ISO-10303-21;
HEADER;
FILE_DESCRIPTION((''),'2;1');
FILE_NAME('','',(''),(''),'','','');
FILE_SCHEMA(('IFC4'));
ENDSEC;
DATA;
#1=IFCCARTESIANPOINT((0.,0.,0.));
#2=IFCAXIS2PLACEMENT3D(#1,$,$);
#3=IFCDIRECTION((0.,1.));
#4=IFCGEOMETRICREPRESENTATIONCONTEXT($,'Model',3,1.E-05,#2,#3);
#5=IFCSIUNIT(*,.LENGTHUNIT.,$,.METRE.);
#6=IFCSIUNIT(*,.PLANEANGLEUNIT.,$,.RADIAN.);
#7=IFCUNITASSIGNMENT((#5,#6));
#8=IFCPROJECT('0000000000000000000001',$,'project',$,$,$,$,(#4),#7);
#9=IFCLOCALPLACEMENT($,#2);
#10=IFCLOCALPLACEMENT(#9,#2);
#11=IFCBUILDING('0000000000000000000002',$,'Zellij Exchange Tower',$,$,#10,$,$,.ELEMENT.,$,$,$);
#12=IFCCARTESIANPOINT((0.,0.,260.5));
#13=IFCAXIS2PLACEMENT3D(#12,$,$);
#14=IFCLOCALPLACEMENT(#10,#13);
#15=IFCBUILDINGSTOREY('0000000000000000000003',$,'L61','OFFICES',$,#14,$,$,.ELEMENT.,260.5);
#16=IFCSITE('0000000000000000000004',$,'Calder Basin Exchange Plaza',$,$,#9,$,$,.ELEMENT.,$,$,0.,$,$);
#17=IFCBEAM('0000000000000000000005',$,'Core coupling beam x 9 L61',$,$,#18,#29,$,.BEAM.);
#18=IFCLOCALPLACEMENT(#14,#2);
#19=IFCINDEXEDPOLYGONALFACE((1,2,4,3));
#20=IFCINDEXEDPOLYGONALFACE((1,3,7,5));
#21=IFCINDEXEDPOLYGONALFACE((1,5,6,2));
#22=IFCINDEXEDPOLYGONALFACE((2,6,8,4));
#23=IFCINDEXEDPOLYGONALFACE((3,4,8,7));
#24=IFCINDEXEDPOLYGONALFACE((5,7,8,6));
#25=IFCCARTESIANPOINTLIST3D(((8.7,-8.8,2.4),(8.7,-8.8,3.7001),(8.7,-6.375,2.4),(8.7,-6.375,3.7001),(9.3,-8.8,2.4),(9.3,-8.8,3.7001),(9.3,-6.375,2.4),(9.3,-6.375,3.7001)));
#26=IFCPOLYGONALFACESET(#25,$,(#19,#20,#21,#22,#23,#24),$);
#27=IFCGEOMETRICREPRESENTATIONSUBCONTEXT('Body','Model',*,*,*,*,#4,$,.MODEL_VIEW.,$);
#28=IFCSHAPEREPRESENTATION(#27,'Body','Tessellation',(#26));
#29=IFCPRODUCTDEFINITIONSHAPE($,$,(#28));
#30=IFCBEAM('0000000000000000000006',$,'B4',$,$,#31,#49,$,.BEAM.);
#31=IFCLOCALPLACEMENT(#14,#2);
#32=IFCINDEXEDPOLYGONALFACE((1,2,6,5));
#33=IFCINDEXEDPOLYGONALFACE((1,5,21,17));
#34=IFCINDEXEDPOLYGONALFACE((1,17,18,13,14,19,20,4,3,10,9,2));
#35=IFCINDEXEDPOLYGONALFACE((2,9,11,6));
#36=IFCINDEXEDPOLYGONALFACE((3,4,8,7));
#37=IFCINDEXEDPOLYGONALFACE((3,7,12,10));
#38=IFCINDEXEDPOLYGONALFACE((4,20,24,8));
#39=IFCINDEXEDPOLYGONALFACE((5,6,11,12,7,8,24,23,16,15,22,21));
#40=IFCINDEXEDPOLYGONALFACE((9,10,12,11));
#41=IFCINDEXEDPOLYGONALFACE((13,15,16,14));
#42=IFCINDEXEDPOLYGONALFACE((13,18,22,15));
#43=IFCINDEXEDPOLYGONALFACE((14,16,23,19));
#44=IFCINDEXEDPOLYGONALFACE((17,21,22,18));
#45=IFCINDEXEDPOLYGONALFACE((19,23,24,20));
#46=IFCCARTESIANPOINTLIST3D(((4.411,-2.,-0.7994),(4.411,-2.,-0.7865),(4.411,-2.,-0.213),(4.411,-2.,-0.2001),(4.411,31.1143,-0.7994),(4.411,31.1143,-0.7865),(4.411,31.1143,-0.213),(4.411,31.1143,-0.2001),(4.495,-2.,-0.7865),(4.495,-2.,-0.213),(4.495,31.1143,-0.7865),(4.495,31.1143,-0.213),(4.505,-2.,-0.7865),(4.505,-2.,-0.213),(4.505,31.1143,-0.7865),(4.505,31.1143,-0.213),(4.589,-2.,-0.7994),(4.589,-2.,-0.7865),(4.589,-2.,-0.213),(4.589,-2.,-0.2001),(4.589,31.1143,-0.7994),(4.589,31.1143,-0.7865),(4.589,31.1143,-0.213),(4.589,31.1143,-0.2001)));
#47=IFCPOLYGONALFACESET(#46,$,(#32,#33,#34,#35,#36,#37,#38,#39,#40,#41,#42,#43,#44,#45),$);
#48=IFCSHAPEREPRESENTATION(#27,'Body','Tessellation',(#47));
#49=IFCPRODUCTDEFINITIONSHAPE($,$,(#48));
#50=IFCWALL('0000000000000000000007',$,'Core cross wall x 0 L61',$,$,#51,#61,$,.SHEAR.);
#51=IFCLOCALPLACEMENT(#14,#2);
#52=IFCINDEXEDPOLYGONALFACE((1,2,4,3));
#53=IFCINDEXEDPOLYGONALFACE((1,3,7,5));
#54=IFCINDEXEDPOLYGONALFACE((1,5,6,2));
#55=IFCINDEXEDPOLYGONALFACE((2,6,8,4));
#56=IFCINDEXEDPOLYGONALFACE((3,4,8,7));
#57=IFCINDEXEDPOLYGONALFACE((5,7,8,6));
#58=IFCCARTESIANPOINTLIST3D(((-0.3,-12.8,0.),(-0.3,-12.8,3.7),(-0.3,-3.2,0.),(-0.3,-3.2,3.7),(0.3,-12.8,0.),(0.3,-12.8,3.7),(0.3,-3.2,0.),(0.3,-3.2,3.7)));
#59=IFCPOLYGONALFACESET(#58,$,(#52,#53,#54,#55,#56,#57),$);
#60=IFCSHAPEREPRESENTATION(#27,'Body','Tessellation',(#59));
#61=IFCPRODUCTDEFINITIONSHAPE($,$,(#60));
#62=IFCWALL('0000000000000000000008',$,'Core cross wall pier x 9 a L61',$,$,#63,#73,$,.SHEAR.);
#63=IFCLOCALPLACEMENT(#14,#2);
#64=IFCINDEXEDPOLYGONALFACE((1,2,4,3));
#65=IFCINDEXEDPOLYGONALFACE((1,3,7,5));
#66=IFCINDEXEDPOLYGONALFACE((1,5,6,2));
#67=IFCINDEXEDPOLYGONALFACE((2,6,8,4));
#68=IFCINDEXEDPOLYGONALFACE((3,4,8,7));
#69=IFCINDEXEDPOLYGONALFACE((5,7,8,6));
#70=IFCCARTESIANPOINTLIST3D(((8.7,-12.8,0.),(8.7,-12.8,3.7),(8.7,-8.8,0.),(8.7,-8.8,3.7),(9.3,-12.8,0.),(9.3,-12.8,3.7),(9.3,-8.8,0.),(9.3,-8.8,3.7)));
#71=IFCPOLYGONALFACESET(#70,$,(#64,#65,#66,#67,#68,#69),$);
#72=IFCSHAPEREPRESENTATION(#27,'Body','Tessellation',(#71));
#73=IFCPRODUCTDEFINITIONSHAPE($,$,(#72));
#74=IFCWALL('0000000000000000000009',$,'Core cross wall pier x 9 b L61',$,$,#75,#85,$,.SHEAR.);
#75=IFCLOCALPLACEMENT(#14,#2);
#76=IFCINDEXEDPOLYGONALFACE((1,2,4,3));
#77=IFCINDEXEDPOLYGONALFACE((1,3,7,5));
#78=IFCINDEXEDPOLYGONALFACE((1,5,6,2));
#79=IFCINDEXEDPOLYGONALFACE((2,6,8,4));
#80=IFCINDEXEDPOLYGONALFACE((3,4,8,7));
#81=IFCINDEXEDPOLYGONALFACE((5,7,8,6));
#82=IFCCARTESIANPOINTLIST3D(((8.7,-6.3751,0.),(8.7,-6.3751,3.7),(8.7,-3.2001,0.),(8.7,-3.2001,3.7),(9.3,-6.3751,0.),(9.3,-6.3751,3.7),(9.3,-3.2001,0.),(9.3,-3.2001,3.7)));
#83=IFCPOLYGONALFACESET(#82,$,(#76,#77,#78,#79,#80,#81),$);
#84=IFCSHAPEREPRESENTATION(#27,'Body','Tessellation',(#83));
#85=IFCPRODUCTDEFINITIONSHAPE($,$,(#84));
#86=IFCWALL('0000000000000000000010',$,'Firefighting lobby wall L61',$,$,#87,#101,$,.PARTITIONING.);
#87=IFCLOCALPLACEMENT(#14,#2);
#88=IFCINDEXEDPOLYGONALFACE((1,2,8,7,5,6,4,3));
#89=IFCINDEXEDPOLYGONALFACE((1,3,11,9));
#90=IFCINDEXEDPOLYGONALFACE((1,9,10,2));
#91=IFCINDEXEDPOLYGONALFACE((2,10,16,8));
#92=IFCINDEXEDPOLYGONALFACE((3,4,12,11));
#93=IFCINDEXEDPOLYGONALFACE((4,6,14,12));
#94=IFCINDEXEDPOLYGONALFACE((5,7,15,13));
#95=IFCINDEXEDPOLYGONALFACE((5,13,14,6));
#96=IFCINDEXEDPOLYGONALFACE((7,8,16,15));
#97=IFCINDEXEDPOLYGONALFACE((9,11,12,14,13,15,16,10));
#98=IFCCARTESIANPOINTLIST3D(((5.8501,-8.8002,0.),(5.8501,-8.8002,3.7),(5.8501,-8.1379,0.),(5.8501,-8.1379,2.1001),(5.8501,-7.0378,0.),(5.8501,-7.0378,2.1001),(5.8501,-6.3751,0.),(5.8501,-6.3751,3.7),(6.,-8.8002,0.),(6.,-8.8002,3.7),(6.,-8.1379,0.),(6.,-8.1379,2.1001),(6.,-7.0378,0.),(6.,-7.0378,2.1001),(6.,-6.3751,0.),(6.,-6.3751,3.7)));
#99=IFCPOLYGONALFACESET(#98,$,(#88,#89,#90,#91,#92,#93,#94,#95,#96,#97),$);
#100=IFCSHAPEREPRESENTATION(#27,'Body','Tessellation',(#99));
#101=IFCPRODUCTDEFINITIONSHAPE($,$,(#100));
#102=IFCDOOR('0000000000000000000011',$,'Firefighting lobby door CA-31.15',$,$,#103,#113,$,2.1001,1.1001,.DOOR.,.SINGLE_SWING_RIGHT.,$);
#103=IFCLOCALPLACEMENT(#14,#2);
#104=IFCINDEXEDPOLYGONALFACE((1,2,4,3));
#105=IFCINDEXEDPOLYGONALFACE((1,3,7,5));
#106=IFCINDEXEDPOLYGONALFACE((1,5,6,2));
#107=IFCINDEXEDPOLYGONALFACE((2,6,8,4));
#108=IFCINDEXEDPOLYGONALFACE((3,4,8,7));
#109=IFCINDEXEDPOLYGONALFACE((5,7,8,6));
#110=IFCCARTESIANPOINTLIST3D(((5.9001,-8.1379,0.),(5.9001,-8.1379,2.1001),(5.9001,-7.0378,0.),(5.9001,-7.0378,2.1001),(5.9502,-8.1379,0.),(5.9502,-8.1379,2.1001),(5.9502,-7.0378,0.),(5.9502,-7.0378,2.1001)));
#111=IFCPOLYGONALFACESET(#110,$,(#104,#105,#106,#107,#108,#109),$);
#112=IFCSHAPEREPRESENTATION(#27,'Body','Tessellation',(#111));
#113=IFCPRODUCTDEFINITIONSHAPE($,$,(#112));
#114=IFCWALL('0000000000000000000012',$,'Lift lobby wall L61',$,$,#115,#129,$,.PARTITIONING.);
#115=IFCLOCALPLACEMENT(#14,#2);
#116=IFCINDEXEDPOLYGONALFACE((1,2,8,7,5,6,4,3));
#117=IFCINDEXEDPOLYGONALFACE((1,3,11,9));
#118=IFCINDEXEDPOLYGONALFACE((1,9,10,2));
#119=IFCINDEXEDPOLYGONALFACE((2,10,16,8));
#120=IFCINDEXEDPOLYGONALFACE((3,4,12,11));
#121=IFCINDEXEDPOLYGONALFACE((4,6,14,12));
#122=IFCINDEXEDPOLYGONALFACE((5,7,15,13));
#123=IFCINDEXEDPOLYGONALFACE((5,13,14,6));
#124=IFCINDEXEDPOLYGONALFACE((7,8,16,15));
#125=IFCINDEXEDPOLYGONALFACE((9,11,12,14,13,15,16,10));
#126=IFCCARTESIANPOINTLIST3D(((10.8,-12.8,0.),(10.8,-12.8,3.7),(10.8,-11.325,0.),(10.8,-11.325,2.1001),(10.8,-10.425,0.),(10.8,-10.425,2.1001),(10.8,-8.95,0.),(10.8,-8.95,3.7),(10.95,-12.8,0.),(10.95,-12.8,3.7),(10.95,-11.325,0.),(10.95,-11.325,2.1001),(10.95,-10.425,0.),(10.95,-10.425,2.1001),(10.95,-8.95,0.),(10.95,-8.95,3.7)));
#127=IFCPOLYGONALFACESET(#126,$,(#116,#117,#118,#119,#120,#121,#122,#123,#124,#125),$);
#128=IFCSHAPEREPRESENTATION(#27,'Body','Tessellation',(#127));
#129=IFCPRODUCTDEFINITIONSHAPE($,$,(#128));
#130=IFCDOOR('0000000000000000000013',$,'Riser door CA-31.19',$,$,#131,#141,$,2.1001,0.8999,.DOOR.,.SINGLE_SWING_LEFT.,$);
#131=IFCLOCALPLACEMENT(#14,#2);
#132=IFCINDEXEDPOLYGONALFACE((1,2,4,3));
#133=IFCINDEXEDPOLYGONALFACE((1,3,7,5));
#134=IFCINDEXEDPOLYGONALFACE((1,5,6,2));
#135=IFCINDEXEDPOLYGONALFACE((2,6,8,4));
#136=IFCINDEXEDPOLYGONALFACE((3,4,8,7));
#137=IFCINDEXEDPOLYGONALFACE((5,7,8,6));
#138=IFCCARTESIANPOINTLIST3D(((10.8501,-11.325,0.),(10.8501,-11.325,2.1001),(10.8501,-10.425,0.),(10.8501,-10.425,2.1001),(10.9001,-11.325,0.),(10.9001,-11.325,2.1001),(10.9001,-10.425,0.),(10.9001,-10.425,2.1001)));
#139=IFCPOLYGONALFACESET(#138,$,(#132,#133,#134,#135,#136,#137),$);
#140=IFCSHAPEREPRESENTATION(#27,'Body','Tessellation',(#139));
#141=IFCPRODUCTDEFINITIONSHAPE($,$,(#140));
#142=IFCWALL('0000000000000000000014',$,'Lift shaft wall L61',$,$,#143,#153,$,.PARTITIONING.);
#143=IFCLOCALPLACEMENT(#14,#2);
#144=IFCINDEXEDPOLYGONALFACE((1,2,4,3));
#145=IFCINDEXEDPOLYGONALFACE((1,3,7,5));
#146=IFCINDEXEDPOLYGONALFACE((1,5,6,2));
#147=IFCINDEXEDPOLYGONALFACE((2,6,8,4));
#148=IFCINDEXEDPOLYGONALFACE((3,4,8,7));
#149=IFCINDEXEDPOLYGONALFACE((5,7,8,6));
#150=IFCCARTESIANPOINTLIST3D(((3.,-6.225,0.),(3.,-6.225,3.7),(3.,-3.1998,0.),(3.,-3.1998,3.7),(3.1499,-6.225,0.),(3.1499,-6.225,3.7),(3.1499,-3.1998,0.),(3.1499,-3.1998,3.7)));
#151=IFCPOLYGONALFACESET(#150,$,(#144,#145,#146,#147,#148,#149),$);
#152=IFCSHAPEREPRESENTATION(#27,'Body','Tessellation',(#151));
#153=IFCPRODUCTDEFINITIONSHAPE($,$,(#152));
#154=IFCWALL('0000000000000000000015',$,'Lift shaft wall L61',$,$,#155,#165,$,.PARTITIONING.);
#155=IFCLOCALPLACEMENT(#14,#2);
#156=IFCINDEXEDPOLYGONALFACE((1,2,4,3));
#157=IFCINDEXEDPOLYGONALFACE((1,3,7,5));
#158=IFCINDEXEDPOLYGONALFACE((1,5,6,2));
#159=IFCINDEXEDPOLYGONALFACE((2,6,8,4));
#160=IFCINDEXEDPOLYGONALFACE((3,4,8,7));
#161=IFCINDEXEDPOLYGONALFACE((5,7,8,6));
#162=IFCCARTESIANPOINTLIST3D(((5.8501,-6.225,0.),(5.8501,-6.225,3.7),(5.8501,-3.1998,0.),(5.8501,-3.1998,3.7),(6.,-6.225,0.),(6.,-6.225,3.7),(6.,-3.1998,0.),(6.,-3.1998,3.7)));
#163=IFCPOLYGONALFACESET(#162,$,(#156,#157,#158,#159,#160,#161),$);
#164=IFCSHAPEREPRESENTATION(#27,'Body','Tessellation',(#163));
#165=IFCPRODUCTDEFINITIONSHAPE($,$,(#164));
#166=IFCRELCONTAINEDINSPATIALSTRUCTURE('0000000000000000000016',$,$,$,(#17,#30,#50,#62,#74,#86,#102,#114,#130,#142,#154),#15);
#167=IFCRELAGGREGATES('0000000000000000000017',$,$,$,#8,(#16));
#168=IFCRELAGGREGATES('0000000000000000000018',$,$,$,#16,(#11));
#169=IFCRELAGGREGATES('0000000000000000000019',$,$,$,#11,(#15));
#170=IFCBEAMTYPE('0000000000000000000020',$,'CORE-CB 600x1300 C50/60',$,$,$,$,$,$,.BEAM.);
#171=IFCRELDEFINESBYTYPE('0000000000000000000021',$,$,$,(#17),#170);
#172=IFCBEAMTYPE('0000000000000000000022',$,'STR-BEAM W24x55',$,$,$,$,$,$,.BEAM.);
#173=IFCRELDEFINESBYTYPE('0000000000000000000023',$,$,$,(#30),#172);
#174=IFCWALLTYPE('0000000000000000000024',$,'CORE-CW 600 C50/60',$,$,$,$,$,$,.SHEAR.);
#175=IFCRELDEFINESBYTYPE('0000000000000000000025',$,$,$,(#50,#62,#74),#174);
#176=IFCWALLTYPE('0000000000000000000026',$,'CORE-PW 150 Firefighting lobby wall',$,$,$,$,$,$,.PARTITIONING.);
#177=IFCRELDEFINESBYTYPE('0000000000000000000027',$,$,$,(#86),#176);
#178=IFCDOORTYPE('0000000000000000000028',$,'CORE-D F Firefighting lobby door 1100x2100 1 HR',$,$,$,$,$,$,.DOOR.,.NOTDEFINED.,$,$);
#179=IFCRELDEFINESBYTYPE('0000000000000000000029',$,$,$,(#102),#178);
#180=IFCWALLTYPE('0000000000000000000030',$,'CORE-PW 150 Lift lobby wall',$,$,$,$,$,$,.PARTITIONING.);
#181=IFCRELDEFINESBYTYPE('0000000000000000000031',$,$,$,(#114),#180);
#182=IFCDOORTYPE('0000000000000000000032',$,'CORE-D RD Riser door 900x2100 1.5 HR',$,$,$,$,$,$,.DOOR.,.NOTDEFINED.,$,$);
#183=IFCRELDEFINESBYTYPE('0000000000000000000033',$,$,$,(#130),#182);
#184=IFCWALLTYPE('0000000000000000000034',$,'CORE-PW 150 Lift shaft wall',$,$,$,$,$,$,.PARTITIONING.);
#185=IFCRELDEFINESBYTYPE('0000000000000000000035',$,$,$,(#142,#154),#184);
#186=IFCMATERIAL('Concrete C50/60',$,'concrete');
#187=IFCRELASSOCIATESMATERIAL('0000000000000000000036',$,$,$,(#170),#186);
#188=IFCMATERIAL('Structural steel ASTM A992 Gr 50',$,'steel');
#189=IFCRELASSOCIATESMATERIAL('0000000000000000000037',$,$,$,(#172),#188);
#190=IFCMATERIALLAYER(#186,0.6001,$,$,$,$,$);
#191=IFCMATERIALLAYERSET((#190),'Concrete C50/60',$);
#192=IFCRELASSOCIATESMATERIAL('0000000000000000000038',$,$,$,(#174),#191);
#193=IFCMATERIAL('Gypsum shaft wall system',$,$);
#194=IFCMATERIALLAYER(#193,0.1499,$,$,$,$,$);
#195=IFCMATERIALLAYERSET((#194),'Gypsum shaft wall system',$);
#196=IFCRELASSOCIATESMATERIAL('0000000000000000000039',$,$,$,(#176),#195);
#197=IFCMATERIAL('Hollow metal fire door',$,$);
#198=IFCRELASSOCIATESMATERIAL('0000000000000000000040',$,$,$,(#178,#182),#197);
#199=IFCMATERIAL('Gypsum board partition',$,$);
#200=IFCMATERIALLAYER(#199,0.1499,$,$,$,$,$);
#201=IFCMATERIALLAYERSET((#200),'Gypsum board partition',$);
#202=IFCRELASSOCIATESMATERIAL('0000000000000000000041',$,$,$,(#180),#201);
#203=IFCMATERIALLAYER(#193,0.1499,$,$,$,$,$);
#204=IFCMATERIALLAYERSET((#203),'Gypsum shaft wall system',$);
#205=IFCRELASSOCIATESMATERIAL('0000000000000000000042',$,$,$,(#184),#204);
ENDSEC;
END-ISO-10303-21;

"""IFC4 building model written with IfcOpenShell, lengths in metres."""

from ifc_helpers import new_model, si_unit, direction, frame, frame_2d, origin, origin_2d, place, context, subcontext, project, spatial, rectangle, i_section, extrude, material, layer, layer_set, material_profile, profile_set, type_object, element, fill, save


model = new_model("IFC4")

# Units and contexts
model_context = context("Model", 3, precision=1e-05, world=origin(), true_north=direction((0.0, 1.0)))
body_context = subcontext(model_context, "Body", "Model", "MODEL_VIEW")
ifc_project = project(units=[si_unit("LENGTHUNIT", "METRE"), si_unit("PLANEANGLEUNIT", "RADIAN")], contexts=[model_context])

# Site, building, storey
site_placement = place(None, origin())
site = spatial("IfcSite", under=ifc_project, at=site_placement, Name="Calder Basin Exchange Plaza", CompositionType="ELEMENT", RefElevation=0.0)
building_placement = place(site_placement, origin())
building = spatial("IfcBuilding", under=site, at=building_placement, Name="Zellij Exchange Tower", CompositionType="ELEMENT")
storey_placement = place(building_placement, frame((0.0, 0.0, 260.5)))
storey = spatial("IfcBuildingStorey", under=building, at=storey_placement, Name="L61", Description="OFFICES", CompositionType="ELEMENT", Elevation=260.5)

# Beams
ifc_material_1 = material(Name="Concrete C50/60", Category="concrete")
ifc_material_profile_1 = material_profile(ifc_material_1, rectangle(XDim=0.6001, YDim=1.3, at=origin_2d()), Name="CORE-CB 600x1300 C50/60")
ifc_profile_set_1 = profile_set([ifc_material_profile_1], Name="Concrete C50/60")
beam_type_1 = type_object("IfcBeamType", Name="CORE-CB 600x1300 C50/60", PredefinedType="BEAM", material=ifc_profile_set_1)
beam_1_placement = place(storey_placement, frame((9.0, -8.8, 3.05), z_axis=(0.0, 1.0, 0.0), x_axis=(-1.0, 0.0, 0.0)))
element("IfcBeam", 1, at=beam_1_placement, inside=storey, type_object=beam_type_1, Name="Core coupling beam x 9 L61", PredefinedType="BEAM", context=body_context, shape_type="SweptSolid", body=[
    extrude(rectangle(XDim=0.6001, YDim=1.3, at=origin_2d()), origin(), (0.0, 0.0, 1.0), 2.425),
])
ifc_material_2 = material(Name="Structural steel ASTM A992 Gr 50", Category="steel")
ifc_material_profile_2 = material_profile(ifc_material_2, i_section(OverallWidth=0.178, OverallDepth=0.5994, WebThickness=0.01, FlangeThickness=0.0129, at=origin_2d()), Name="W24x55")
ifc_profile_set_2 = profile_set([ifc_material_profile_2], Name="Structural steel ASTM A992 Gr 50")
beam_type_2 = type_object("IfcBeamType", Name="STR-BEAM W24x55", PredefinedType="BEAM", material=ifc_profile_set_2)
beam_2_placement = place(storey_placement, frame((4.5, -2.0, -0.4998), z_axis=(0.0, 1.0, 0.0), x_axis=(-1.0, 0.0, 0.0)))
element("IfcBeam", 2, at=beam_2_placement, inside=storey, type_object=beam_type_2, Name="B4", PredefinedType="BEAM", context=body_context, shape_type="SweptSolid", body=[
    extrude(i_section(OverallWidth=0.178, OverallDepth=0.5994, WebThickness=0.01, FlangeThickness=0.0129, at=origin_2d()), origin(), (0.0, 0.0, 1.0), 33.1143),
])

# Walls
ifc_layer_1 = layer(ifc_material_1, 0.6001)
ifc_layer_set_1 = layer_set([ifc_layer_1], Name="Concrete C50/60")
wall_type_1 = type_object("IfcWallType", Name="CORE-CW 600 C50/60", PredefinedType="SHEAR", material=ifc_layer_set_1)
wall_1_placement = place(storey_placement, frame((0.0, -12.8, 0.0), z_axis=(0.0, 0.0, 1.0), x_axis=(0.0, 1.0, 0.0)))
element("IfcWall", 3, at=wall_1_placement, inside=storey, type_object=wall_type_1, Name="Core cross wall x 0 L61", PredefinedType="SHEAR", context=body_context, shape_type="SweptSolid", body=[
    extrude(rectangle(XDim=9.6001, YDim=0.6001, at=frame_2d((4.8, 0.0))), origin(), (0.0, 0.0, 1.0), 3.7),
])
wall_2_placement = place(storey_placement, frame((9.0, -12.8, 0.0), z_axis=(0.0, 0.0, 1.0), x_axis=(0.0, 1.0, 0.0)))
element("IfcWall", 4, at=wall_2_placement, inside=storey, type_object=wall_type_1, Name="Core cross wall pier x 9 a L61", PredefinedType="SHEAR", context=body_context, shape_type="SweptSolid", body=[
    extrude(rectangle(XDim=4.0, YDim=0.6001, at=frame_2d((2.0, 0.0))), origin(), (0.0, 0.0, 1.0), 3.7),
])
wall_3_placement = place(storey_placement, frame((9.0, -6.375, 0.0), z_axis=(0.0, 0.0, 1.0), x_axis=(0.0, 1.0, 0.0)))
element("IfcWall", 5, at=wall_3_placement, inside=storey, type_object=wall_type_1, Name="Core cross wall pier x 9 b L61", PredefinedType="SHEAR", context=body_context, shape_type="SweptSolid", body=[
    extrude(rectangle(XDim=3.175, YDim=0.6001, at=frame_2d((1.5874, 0.0))), origin(), (0.0, 0.0, 1.0), 3.7),
])

# Walls, openings, doors
ifc_material_3 = material(Name="Gypsum shaft wall system")
ifc_layer_2 = layer(ifc_material_3, 0.1499)
ifc_layer_set_2 = layer_set([ifc_layer_2], Name="Gypsum shaft wall system")
wall_type_2 = type_object("IfcWallType", Name="CORE-PW 150 Firefighting lobby wall", PredefinedType="PARTITIONING", material=ifc_layer_set_2)
wall_4_placement = place(storey_placement, frame((5.925, -8.8, 0.0), z_axis=(0.0, 0.0, 1.0), x_axis=(0.0, 1.0, 0.0)))
wall_4 = element("IfcWall", 6, at=wall_4_placement, inside=storey, type_object=wall_type_2, Name="Firefighting lobby wall L61", PredefinedType="PARTITIONING", context=body_context, shape_type="SweptSolid", body=[
    extrude(rectangle(XDim=2.425, YDim=0.1499, at=frame_2d((1.2124, 0.0))), origin(), (0.0, 0.0, 1.0), 3.7),
])
opening_1_placement = place(wall_4_placement, frame((0.6621, 0.0, 0.0)))
opening_1 = element("IfcOpeningElement", 7, at=opening_1_placement, cuts=wall_4, PredefinedType="OPENING", context=body_context, shape_type="SweptSolid", body=[
    extrude(rectangle(XDim=1.1001, YDim=2.1001, at=frame_2d((0.55, 1.05))), frame((0.0, 0.0869, 0.0), z_axis=(0.0, -1.0, 0.0), x_axis=(1.0, 0.0, 0.0)), (0.0, 0.0, 1.0), 0.1738),
])
ifc_material_4 = material(Name="Hollow metal fire door")
door_type_1 = type_object("IfcDoorType", Name="CORE-D F Firefighting lobby door 1100x2100 1 HR", OperationType="NOTDEFINED", PredefinedType="DOOR", material=ifc_material_4)
door_1_placement = place(opening_1_placement, origin())
door_1 = element("IfcDoor", 8, at=door_1_placement, inside=storey, type_object=door_type_1, Name="Firefighting lobby door CA-31.15", OperationType="SINGLE_SWING_RIGHT", OverallHeight=2.1001, OverallWidth=1.1001, PredefinedType="DOOR", context=body_context, shape_type="SweptSolid", body=[
    extrude(rectangle(XDim=1.1001, YDim=2.1001, at=frame_2d((0.55, 1.05))), frame((0.0, 0.0249, 0.0), z_axis=(0.0, -1.0, 0.0), x_axis=(1.0, 0.0, 0.0)), (0.0, 0.0, 1.0), 0.05),
])
fill(opening_1, door_1)
ifc_material_5 = material(Name="Gypsum board partition")
ifc_layer_3 = layer(ifc_material_5, 0.1499)
ifc_layer_set_3 = layer_set([ifc_layer_3], Name="Gypsum board partition")
wall_type_3 = type_object("IfcWallType", Name="CORE-PW 150 Lift lobby wall", PredefinedType="PARTITIONING", material=ifc_layer_set_3)
wall_5_placement = place(storey_placement, frame((10.875, -12.8, 0.0), z_axis=(0.0, 0.0, 1.0), x_axis=(0.0, 1.0, 0.0)))
wall_5 = element("IfcWall", 9, at=wall_5_placement, inside=storey, type_object=wall_type_3, Name="Lift lobby wall L61", PredefinedType="PARTITIONING", context=body_context, shape_type="SweptSolid", body=[
    extrude(rectangle(XDim=3.8501, YDim=0.1499, at=frame_2d((1.925, 0.0))), origin(), (0.0, 0.0, 1.0), 3.7),
])
opening_2_placement = place(wall_5_placement, frame((1.4751, 0.0, 0.0)))
opening_2 = element("IfcOpeningElement", 10, at=opening_2_placement, cuts=wall_5, PredefinedType="OPENING", context=body_context, shape_type="SweptSolid", body=[
    extrude(rectangle(XDim=0.8999, YDim=2.1001, at=frame_2d((0.45, 1.05))), frame((0.0, 0.0869, 0.0), z_axis=(0.0, -1.0, 0.0), x_axis=(1.0, 0.0, 0.0)), (0.0, 0.0, 1.0), 0.1738),
])
door_type_2 = type_object("IfcDoorType", Name="CORE-D RD Riser door 900x2100 1.5 HR", OperationType="NOTDEFINED", PredefinedType="DOOR", material=ifc_material_4)
door_2_placement = place(opening_2_placement, origin())
door_2 = element("IfcDoor", 11, at=door_2_placement, inside=storey, type_object=door_type_2, Name="Riser door CA-31.19", OperationType="SINGLE_SWING_LEFT", OverallHeight=2.1001, OverallWidth=0.8999, PredefinedType="DOOR", context=body_context, shape_type="SweptSolid", body=[
    extrude(rectangle(XDim=0.8999, YDim=2.1001, at=frame_2d((0.45, 1.05))), frame((0.0, 0.0249, 0.0), z_axis=(0.0, -1.0, 0.0), x_axis=(1.0, 0.0, 0.0)), (0.0, 0.0, 1.0), 0.05),
])
fill(opening_2, door_2)

# Walls
ifc_layer_4 = layer(ifc_material_3, 0.1499)
ifc_layer_set_4 = layer_set([ifc_layer_4], Name="Gypsum shaft wall system")
wall_type_4 = type_object("IfcWallType", Name="CORE-PW 150 Lift shaft wall", PredefinedType="PARTITIONING", material=ifc_layer_set_4)
for number, where, z_axis, x_axis, name in (
    (12, (3.075, -6.2251, 0.0), (0.0, 0.0, 1.0), (0.0, 1.0, 0.0), "Lift shaft wall L61"),
    (13, (5.925, -6.2251, 0.0), (0.0, 0.0, 1.0), (0.0, 1.0, 0.0), "Lift shaft wall L61"),
):
    element("IfcWall", number, at=place(storey_placement, frame(where, z_axis=z_axis, x_axis=x_axis)), inside=storey, type_object=wall_type_4, Name=name, PredefinedType="PARTITIONING", context=body_context, shape_type="SweptSolid", body=[
        extrude(rectangle(XDim=3.0251, YDim=0.1499, at=frame_2d((1.5127, 0.0))), origin(), (0.0, 0.0, 1.0), 3.7),
    ])

save(model, "model.ifc")
